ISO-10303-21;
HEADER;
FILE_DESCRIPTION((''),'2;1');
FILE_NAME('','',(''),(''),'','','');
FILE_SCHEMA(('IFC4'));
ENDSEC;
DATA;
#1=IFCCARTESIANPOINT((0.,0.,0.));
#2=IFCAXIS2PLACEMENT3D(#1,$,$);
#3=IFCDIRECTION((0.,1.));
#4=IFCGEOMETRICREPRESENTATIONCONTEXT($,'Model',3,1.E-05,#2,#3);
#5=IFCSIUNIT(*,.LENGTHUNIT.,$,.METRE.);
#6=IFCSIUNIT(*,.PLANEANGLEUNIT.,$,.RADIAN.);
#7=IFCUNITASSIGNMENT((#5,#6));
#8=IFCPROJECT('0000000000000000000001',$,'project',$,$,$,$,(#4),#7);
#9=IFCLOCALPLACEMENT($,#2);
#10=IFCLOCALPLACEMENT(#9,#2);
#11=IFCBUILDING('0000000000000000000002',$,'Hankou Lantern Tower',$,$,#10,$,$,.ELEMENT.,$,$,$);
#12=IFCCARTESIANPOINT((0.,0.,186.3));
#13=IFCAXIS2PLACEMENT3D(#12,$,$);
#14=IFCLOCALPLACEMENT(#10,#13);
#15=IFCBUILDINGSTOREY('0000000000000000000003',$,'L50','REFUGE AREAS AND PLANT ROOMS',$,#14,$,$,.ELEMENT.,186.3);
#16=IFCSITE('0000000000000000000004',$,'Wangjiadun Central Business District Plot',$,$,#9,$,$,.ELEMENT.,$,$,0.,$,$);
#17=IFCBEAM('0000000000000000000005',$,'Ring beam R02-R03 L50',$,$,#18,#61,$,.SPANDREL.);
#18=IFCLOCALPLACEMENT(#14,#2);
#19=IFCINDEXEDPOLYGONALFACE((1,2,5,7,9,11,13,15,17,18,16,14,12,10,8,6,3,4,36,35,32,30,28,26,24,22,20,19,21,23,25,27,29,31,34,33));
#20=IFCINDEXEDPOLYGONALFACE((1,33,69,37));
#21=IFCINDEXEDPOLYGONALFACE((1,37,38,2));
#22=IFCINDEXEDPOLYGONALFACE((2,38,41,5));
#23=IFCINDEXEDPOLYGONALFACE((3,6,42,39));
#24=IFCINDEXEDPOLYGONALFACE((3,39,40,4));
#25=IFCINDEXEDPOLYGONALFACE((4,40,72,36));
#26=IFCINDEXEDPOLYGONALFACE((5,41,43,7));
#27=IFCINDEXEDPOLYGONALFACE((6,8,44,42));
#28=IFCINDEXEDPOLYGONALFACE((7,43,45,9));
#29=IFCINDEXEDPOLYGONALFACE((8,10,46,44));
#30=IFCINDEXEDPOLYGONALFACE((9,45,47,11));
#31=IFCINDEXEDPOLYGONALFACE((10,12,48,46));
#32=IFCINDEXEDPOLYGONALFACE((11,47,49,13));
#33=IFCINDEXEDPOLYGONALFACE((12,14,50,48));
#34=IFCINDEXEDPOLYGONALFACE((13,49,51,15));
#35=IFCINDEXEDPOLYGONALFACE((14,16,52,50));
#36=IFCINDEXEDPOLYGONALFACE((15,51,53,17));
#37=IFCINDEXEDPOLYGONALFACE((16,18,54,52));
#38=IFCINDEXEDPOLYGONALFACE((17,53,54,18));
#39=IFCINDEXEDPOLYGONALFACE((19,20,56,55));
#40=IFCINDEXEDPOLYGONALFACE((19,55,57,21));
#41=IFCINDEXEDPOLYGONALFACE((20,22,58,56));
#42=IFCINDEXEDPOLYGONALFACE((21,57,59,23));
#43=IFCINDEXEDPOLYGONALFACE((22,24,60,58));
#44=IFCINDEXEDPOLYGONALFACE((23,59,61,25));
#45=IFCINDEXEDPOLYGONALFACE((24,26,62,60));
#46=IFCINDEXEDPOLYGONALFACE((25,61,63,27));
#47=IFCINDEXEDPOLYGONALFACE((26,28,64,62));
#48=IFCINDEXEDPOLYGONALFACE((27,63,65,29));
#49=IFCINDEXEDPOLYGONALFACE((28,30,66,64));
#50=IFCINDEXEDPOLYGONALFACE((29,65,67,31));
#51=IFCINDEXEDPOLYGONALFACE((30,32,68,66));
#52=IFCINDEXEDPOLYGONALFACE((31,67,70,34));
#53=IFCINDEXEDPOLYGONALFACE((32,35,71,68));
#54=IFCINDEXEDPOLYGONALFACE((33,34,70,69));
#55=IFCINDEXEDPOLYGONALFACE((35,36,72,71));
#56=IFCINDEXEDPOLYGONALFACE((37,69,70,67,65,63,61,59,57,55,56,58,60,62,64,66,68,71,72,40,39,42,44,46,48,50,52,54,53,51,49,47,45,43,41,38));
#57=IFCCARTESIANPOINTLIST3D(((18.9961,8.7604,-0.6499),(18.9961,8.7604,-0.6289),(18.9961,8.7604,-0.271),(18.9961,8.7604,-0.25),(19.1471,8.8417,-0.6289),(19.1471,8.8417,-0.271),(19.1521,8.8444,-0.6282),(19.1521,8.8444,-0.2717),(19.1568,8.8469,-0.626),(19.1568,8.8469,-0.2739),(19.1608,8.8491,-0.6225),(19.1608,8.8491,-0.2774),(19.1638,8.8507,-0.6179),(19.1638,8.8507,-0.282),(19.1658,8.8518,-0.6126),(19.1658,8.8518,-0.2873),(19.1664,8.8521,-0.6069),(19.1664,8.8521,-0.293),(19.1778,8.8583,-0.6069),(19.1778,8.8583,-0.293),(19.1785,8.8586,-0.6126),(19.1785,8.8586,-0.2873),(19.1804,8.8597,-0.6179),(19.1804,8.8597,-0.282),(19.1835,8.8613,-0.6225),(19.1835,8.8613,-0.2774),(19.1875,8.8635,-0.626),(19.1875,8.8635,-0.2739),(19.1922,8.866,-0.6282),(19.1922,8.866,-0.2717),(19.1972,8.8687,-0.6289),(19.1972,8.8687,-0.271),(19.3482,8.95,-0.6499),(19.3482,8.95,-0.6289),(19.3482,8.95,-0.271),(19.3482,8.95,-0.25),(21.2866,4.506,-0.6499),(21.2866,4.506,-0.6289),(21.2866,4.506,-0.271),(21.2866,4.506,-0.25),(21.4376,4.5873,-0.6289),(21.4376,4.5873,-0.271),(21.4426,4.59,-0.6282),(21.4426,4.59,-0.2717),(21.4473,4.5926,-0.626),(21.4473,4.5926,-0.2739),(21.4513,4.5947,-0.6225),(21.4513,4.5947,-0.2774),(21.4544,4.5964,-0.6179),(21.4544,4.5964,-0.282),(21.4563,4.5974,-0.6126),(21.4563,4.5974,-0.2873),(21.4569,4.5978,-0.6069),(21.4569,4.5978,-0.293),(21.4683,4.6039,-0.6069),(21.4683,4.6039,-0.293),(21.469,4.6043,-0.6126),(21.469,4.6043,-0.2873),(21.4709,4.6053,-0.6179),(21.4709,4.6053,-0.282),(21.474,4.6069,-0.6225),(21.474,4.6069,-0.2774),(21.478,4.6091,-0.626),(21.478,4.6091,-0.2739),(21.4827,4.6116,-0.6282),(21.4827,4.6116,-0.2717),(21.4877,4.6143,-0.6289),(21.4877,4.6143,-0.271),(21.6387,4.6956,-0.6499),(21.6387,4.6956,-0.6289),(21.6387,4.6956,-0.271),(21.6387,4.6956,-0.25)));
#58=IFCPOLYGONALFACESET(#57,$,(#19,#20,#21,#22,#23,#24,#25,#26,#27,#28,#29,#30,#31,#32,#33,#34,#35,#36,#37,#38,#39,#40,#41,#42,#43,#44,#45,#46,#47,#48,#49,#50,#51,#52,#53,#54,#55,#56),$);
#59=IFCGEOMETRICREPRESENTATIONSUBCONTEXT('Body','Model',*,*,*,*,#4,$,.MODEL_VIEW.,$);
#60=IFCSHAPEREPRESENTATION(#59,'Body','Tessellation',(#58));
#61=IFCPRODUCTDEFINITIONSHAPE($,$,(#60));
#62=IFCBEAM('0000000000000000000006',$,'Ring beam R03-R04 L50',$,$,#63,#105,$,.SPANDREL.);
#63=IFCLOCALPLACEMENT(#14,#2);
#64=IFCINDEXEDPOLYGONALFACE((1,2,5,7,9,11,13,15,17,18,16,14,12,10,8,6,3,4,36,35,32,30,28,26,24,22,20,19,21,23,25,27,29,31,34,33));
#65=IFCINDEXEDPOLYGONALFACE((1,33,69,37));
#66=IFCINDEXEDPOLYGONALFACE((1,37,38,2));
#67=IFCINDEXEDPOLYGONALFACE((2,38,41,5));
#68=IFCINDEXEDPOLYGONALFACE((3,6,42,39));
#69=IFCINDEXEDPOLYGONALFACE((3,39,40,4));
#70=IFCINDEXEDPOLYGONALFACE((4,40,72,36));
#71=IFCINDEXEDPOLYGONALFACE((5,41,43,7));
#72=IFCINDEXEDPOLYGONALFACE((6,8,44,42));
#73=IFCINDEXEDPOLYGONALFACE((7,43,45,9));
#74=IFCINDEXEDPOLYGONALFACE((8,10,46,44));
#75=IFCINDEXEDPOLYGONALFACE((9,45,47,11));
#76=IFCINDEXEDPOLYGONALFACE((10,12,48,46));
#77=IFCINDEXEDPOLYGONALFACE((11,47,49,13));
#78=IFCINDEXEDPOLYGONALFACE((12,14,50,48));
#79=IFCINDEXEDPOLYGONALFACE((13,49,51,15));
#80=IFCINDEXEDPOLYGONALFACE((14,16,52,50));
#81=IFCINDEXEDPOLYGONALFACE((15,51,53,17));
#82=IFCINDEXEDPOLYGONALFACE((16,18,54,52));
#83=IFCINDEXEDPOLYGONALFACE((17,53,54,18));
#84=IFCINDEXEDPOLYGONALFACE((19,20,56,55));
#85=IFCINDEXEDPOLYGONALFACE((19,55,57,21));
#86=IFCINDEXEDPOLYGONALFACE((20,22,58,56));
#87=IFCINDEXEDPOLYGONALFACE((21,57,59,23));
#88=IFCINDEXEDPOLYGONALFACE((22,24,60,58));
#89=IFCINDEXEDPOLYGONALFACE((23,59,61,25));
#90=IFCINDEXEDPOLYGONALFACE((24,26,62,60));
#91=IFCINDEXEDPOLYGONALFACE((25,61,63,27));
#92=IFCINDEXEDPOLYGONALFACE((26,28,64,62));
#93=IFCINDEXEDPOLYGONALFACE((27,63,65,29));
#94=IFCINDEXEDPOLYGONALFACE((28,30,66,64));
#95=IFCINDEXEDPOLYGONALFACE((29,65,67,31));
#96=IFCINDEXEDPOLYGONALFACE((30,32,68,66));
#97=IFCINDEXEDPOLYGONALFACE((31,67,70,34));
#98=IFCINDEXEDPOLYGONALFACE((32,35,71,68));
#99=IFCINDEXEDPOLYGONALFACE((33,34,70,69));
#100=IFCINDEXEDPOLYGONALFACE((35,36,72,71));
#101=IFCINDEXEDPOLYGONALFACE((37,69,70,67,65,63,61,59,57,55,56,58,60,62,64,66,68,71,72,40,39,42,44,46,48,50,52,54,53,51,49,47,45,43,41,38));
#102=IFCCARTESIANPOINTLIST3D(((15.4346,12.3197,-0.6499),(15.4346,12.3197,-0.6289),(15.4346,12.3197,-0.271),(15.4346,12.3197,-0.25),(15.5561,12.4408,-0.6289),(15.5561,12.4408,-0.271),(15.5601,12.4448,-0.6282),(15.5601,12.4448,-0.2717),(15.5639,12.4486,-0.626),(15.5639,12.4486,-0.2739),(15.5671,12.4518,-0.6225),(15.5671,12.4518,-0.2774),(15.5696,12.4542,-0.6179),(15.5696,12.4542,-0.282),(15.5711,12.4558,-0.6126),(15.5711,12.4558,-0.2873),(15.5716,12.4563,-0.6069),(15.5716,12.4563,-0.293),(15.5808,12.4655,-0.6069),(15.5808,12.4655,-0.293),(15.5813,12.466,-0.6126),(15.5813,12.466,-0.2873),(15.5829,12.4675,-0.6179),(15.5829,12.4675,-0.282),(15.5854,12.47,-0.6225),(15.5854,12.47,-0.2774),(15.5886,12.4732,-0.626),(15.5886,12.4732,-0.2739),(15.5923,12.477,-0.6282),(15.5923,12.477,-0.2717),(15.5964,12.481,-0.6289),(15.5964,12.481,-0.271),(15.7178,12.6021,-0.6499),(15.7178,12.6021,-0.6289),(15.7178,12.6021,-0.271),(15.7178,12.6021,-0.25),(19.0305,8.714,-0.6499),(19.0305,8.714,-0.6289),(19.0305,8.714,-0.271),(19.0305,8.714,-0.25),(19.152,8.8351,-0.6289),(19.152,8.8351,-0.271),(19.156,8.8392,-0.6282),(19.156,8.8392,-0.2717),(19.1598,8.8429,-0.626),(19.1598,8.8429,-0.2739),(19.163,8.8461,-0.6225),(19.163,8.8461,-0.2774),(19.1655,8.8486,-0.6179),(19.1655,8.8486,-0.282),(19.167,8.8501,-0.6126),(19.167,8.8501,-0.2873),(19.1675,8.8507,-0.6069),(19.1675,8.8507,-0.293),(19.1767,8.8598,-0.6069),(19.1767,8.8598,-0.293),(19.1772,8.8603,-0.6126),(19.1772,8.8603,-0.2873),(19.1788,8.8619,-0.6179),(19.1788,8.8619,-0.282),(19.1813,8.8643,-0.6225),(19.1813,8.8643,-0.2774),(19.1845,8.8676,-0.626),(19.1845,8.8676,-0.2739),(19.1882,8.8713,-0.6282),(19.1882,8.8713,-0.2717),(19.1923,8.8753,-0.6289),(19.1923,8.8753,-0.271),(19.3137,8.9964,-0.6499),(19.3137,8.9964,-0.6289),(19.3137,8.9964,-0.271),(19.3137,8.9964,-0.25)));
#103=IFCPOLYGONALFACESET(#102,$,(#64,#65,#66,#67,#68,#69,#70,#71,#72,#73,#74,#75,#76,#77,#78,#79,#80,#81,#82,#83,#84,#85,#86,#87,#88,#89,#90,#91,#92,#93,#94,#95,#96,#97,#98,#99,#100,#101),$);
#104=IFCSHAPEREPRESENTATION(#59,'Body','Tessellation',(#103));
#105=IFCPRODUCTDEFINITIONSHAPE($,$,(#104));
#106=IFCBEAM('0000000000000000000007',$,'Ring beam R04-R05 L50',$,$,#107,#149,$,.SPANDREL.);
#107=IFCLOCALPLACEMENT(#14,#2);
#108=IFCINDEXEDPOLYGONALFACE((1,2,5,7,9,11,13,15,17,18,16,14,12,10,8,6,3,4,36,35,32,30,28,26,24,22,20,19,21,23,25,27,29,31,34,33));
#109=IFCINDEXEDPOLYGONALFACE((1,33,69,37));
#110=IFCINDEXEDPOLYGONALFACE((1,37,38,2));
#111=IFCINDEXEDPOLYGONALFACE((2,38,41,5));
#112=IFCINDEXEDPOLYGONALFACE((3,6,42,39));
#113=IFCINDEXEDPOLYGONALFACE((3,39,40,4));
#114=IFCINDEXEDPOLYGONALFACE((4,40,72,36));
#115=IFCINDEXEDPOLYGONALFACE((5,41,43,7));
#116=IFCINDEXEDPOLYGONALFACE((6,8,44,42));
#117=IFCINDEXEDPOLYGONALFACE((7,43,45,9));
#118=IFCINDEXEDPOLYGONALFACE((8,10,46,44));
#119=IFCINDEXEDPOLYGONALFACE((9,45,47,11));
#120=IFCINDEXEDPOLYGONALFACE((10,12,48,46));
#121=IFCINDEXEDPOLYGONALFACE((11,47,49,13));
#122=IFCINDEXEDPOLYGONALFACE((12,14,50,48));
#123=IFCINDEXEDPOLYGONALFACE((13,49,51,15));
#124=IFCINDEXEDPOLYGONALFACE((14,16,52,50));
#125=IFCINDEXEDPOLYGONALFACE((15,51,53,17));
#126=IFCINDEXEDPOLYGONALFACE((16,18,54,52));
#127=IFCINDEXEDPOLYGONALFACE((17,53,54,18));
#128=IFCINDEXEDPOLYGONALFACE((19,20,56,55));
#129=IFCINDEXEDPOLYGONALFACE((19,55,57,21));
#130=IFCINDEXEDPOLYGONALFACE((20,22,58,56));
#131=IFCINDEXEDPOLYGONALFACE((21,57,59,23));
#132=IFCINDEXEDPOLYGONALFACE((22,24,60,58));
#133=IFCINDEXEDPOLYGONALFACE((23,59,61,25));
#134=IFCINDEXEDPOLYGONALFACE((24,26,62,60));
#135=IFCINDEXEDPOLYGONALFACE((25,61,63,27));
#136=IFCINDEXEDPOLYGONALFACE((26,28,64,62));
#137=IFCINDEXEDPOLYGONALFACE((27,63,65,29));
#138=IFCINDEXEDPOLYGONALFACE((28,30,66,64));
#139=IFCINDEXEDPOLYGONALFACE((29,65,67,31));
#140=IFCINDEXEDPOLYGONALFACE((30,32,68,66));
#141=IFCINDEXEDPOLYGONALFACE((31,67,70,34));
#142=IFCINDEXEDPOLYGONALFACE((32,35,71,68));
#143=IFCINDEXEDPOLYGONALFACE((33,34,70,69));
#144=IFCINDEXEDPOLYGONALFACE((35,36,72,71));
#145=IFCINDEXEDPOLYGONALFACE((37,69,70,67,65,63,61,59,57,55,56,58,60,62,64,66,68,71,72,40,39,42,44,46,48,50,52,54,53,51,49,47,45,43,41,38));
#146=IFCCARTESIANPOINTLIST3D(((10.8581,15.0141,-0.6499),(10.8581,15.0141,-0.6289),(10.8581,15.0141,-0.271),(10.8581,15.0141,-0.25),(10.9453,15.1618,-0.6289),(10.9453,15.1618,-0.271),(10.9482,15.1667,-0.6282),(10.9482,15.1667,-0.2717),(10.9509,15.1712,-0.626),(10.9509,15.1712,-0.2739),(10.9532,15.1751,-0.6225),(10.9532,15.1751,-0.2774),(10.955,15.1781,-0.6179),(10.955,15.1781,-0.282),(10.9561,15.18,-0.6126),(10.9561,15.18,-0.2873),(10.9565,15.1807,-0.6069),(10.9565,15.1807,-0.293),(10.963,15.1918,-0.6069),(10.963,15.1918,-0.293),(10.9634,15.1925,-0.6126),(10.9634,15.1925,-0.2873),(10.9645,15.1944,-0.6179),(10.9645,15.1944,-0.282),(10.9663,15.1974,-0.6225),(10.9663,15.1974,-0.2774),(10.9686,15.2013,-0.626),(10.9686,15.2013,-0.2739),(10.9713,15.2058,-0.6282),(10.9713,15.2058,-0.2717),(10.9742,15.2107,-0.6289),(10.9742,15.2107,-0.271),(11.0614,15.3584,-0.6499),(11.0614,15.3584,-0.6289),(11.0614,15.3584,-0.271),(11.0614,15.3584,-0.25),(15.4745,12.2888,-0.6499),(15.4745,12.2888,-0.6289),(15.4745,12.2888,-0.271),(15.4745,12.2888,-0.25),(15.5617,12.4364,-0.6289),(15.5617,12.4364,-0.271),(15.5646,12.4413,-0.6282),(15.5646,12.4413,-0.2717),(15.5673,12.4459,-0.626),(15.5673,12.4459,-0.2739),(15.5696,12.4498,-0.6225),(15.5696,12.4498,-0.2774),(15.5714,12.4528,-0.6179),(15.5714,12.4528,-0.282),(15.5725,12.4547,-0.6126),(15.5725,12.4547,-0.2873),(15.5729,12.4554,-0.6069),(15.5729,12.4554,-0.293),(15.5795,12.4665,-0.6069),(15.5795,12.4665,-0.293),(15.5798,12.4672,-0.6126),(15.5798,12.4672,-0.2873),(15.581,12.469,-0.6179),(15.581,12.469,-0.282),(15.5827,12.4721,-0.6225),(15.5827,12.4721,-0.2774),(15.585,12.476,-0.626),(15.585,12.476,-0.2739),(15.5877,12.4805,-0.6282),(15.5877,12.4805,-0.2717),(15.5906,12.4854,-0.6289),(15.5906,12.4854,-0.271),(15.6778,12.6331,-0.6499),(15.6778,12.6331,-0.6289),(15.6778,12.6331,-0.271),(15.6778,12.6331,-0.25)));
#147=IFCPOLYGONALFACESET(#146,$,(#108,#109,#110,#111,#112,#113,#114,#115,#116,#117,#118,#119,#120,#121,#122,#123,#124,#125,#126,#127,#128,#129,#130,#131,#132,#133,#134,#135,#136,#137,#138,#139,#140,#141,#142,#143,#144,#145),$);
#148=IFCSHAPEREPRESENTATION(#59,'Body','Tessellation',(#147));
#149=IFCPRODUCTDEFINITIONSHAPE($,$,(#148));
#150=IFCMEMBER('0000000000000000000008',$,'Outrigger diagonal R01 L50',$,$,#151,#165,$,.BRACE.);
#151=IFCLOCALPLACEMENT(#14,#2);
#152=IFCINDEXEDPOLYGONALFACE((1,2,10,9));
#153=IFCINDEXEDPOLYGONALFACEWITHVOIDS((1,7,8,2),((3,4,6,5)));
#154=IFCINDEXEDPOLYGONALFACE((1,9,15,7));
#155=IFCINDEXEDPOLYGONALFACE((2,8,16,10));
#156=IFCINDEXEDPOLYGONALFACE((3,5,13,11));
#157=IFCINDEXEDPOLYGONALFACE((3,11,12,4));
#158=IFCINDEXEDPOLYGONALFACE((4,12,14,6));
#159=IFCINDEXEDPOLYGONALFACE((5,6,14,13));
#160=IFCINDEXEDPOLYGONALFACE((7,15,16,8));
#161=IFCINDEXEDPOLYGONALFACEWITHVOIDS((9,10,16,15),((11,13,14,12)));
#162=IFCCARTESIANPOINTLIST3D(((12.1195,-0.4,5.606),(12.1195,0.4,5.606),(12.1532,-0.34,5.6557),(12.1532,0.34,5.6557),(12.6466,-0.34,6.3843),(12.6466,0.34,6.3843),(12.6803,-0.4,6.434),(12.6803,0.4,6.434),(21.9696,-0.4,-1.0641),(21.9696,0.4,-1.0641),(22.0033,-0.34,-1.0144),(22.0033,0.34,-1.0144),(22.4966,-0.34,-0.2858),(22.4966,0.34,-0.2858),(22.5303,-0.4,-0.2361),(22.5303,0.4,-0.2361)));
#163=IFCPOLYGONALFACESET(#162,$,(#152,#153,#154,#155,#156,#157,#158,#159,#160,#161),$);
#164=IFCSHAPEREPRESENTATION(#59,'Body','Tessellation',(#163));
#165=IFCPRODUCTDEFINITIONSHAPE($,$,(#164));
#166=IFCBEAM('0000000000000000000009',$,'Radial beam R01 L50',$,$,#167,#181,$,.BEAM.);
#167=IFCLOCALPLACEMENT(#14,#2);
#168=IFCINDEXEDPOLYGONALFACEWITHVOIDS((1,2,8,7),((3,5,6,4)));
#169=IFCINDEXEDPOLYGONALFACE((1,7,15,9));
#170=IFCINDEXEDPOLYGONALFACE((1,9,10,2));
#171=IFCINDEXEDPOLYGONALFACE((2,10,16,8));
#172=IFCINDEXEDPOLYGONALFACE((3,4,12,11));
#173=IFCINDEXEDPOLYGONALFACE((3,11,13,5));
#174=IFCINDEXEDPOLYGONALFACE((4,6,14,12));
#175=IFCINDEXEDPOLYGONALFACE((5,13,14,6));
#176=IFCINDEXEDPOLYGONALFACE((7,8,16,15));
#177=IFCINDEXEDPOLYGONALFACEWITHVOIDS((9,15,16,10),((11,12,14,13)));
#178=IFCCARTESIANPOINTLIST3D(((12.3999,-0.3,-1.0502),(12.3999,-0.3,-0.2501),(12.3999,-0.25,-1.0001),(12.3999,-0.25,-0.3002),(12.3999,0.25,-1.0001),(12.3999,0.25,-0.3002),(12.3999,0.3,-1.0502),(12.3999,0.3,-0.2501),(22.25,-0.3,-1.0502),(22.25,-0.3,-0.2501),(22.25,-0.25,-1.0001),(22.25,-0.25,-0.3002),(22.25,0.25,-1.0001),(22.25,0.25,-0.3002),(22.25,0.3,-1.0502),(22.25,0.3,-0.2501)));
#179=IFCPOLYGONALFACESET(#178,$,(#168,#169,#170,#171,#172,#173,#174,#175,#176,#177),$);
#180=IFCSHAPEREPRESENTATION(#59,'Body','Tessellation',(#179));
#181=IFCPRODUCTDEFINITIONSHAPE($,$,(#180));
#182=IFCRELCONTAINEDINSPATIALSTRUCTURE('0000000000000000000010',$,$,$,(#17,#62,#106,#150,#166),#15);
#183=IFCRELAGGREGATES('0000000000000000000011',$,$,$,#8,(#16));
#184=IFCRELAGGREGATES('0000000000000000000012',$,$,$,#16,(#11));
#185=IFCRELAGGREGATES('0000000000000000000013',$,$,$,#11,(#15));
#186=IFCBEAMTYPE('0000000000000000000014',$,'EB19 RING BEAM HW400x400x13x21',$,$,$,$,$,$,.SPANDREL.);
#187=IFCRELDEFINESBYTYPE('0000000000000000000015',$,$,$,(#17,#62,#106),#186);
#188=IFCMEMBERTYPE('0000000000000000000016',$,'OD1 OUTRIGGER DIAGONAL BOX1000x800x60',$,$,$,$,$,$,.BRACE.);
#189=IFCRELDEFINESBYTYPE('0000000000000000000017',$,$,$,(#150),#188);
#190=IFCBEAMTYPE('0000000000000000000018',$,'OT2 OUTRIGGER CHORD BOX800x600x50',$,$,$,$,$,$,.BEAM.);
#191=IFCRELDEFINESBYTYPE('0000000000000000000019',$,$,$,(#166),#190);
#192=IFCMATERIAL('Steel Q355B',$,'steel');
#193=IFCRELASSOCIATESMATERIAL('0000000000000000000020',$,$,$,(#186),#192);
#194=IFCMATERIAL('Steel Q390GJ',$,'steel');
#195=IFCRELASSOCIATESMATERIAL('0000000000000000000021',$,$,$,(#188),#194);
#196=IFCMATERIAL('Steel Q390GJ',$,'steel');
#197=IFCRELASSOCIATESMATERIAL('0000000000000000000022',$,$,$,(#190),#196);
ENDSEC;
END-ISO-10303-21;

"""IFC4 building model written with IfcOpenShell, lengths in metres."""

from ifc_helpers import new_model, si_unit, direction, frame, origin, origin_2d, place, context, subcontext, project, spatial, hollow_rectangle, i_section, extrude, material, material_profile, profile_set, type_object, element, save


model = new_model("IFC4")

# Units and contexts
model_context = context("Model", 3, precision=1e-05, world=origin(), true_north=direction((0.0, 1.0)))
body_context = subcontext(model_context, "Body", "Model", "MODEL_VIEW")
ifc_project = project(units=[si_unit("LENGTHUNIT", "METRE"), si_unit("PLANEANGLEUNIT", "RADIAN")], contexts=[model_context])

# Site, building, storey
site_placement = place(None, origin())
site = spatial("IfcSite", under=ifc_project, at=site_placement, Name="Wangjiadun Central Business District Plot", CompositionType="ELEMENT", RefElevation=0.0)
building_placement = place(site_placement, origin())
building = spatial("IfcBuilding", under=site, at=building_placement, Name="Hankou Lantern Tower", CompositionType="ELEMENT")
storey_placement = place(building_placement, frame((0.0, 0.0, 186.3)))
storey = spatial("IfcBuildingStorey", under=building, at=storey_placement, Name="L50", Description="REFUGE AREAS AND PLANT ROOMS", CompositionType="ELEMENT", Elevation=186.3)

# Beams
ifc_material_1 = material(Name="Steel Q355B", Category="steel")
ifc_material_profile_1 = material_profile(ifc_material_1, i_section(OverallWidth=0.3999, OverallDepth=0.3999, WebThickness=0.0129, FlangeThickness=0.021, FilletRadius=0.022, at=origin_2d()), Name="HW400x400x13x21")
ifc_profile_set_1 = profile_set([ifc_material_profile_1], Name="Steel Q355B")
beam_type_1 = type_object("IfcBeamType", Name="EB19 RING BEAM HW400x400x13x21", PredefinedType="SPANDREL", material=ifc_profile_set_1)
beam_1_placement = place(storey_placement, frame((21.4626, 4.6008, -0.45), z_axis=(-0.474052, 0.880497, 0.0), x_axis=(-0.880497, -0.474052, 0.0)))
element("IfcBeam", 1, at=beam_1_placement, inside=storey, type_object=beam_type_1, Name="Ring beam R02-R03 L50", PredefinedType="SPANDREL", context=body_context, shape_type="SweptSolid", body=[
    extrude(i_section(OverallWidth=0.3999, OverallDepth=0.3999, WebThickness=0.0129, FlangeThickness=0.021, FilletRadius=0.022, at=origin_2d()), origin(), (0.0, 0.0, 1.0), 4.8318),
])
beam_2_placement = place(storey_placement, frame((19.1721, 8.8552, -0.45), z_axis=(-0.706147, 0.708065, 0.0), x_axis=(-0.708065, -0.706147, 0.0)))
element("IfcBeam", 2, at=beam_2_placement, inside=storey, type_object=beam_type_1, Name="Ring beam R03-R04 L50", PredefinedType="SPANDREL", context=body_context, shape_type="SweptSolid", body=[
    extrude(i_section(OverallWidth=0.3999, OverallDepth=0.3999, WebThickness=0.0129, FlangeThickness=0.021, FilletRadius=0.022, at=origin_2d()), origin(), (0.0, 0.0, 1.0), 5.0923),
])
beam_3_placement = place(storey_placement, frame((15.5762, 12.4609, -0.45), z_axis=(-0.861136, 0.508375, 0.0), x_axis=(-0.508375, -0.861136, 0.0)))
element("IfcBeam", 3, at=beam_3_placement, inside=storey, type_object=beam_type_1, Name="Ring beam R04-R05 L50", PredefinedType="SPANDREL", context=body_context, shape_type="SweptSolid", body=[
    extrude(i_section(OverallWidth=0.3999, OverallDepth=0.3999, WebThickness=0.0129, FlangeThickness=0.021, FilletRadius=0.022, at=origin_2d()), origin(), (0.0, 0.0, 1.0), 5.3608),
])

# Member
ifc_material_2 = material(Name="Steel Q390GJ", Category="steel")
ifc_material_profile_2 = material_profile(ifc_material_2, hollow_rectangle(XDim=0.8, YDim=1.0, WallThickness=0.0601, at=origin_2d()), Name="BOX1000x800x60")
ifc_profile_set_2 = profile_set([ifc_material_profile_2], Name="Steel Q390GJ")
member_type = type_object("IfcMemberType", Name="OD1 OUTRIGGER DIAGONAL BOX1000x800x60", PredefinedType="BRACE", material=ifc_profile_set_2)
member_placement = place(storey_placement, frame((12.3999, 0.0, 6.02), z_axis=(0.828016, 0.0, -0.560705), x_axis=(0.0, 1.0, 0.0)))
element("IfcMember", 4, at=member_placement, inside=storey, type_object=member_type, Name="Outrigger diagonal R01 L50", PredefinedType="BRACE", context=body_context, shape_type="SweptSolid", body=[
    extrude(hollow_rectangle(XDim=0.8, YDim=1.0, WallThickness=0.0601, at=origin_2d()), origin(), (0.0, 0.0, 1.0), 11.896),
])

# Beam
ifc_material_3 = material(Name="Steel Q390GJ", Category="steel")
ifc_material_profile_3 = material_profile(ifc_material_3, hollow_rectangle(XDim=0.6001, YDim=0.8, WallThickness=0.05, at=origin_2d()), Name="BOX800x600x50")
ifc_profile_set_3 = profile_set([ifc_material_profile_3], Name="Steel Q390GJ")
beam_type_2 = type_object("IfcBeamType", Name="OT2 OUTRIGGER CHORD BOX800x600x50", PredefinedType="BEAM", material=ifc_profile_set_3)
beam_4_placement = place(storey_placement, frame((12.3999, 0.0, -0.6501), z_axis=(1.0, 0.0, 0.0), x_axis=(0.0, 1.0, 0.0)))
element("IfcBeam", 5, at=beam_4_placement, inside=storey, type_object=beam_type_2, Name="Radial beam R01 L50", PredefinedType="BEAM", context=body_context, shape_type="SweptSolid", body=[
    extrude(hollow_rectangle(XDim=0.6001, YDim=0.8, WallThickness=0.05, at=origin_2d()), origin(), (0.0, 0.0, 1.0), 9.8501),
])

save(model, "model.ifc")
